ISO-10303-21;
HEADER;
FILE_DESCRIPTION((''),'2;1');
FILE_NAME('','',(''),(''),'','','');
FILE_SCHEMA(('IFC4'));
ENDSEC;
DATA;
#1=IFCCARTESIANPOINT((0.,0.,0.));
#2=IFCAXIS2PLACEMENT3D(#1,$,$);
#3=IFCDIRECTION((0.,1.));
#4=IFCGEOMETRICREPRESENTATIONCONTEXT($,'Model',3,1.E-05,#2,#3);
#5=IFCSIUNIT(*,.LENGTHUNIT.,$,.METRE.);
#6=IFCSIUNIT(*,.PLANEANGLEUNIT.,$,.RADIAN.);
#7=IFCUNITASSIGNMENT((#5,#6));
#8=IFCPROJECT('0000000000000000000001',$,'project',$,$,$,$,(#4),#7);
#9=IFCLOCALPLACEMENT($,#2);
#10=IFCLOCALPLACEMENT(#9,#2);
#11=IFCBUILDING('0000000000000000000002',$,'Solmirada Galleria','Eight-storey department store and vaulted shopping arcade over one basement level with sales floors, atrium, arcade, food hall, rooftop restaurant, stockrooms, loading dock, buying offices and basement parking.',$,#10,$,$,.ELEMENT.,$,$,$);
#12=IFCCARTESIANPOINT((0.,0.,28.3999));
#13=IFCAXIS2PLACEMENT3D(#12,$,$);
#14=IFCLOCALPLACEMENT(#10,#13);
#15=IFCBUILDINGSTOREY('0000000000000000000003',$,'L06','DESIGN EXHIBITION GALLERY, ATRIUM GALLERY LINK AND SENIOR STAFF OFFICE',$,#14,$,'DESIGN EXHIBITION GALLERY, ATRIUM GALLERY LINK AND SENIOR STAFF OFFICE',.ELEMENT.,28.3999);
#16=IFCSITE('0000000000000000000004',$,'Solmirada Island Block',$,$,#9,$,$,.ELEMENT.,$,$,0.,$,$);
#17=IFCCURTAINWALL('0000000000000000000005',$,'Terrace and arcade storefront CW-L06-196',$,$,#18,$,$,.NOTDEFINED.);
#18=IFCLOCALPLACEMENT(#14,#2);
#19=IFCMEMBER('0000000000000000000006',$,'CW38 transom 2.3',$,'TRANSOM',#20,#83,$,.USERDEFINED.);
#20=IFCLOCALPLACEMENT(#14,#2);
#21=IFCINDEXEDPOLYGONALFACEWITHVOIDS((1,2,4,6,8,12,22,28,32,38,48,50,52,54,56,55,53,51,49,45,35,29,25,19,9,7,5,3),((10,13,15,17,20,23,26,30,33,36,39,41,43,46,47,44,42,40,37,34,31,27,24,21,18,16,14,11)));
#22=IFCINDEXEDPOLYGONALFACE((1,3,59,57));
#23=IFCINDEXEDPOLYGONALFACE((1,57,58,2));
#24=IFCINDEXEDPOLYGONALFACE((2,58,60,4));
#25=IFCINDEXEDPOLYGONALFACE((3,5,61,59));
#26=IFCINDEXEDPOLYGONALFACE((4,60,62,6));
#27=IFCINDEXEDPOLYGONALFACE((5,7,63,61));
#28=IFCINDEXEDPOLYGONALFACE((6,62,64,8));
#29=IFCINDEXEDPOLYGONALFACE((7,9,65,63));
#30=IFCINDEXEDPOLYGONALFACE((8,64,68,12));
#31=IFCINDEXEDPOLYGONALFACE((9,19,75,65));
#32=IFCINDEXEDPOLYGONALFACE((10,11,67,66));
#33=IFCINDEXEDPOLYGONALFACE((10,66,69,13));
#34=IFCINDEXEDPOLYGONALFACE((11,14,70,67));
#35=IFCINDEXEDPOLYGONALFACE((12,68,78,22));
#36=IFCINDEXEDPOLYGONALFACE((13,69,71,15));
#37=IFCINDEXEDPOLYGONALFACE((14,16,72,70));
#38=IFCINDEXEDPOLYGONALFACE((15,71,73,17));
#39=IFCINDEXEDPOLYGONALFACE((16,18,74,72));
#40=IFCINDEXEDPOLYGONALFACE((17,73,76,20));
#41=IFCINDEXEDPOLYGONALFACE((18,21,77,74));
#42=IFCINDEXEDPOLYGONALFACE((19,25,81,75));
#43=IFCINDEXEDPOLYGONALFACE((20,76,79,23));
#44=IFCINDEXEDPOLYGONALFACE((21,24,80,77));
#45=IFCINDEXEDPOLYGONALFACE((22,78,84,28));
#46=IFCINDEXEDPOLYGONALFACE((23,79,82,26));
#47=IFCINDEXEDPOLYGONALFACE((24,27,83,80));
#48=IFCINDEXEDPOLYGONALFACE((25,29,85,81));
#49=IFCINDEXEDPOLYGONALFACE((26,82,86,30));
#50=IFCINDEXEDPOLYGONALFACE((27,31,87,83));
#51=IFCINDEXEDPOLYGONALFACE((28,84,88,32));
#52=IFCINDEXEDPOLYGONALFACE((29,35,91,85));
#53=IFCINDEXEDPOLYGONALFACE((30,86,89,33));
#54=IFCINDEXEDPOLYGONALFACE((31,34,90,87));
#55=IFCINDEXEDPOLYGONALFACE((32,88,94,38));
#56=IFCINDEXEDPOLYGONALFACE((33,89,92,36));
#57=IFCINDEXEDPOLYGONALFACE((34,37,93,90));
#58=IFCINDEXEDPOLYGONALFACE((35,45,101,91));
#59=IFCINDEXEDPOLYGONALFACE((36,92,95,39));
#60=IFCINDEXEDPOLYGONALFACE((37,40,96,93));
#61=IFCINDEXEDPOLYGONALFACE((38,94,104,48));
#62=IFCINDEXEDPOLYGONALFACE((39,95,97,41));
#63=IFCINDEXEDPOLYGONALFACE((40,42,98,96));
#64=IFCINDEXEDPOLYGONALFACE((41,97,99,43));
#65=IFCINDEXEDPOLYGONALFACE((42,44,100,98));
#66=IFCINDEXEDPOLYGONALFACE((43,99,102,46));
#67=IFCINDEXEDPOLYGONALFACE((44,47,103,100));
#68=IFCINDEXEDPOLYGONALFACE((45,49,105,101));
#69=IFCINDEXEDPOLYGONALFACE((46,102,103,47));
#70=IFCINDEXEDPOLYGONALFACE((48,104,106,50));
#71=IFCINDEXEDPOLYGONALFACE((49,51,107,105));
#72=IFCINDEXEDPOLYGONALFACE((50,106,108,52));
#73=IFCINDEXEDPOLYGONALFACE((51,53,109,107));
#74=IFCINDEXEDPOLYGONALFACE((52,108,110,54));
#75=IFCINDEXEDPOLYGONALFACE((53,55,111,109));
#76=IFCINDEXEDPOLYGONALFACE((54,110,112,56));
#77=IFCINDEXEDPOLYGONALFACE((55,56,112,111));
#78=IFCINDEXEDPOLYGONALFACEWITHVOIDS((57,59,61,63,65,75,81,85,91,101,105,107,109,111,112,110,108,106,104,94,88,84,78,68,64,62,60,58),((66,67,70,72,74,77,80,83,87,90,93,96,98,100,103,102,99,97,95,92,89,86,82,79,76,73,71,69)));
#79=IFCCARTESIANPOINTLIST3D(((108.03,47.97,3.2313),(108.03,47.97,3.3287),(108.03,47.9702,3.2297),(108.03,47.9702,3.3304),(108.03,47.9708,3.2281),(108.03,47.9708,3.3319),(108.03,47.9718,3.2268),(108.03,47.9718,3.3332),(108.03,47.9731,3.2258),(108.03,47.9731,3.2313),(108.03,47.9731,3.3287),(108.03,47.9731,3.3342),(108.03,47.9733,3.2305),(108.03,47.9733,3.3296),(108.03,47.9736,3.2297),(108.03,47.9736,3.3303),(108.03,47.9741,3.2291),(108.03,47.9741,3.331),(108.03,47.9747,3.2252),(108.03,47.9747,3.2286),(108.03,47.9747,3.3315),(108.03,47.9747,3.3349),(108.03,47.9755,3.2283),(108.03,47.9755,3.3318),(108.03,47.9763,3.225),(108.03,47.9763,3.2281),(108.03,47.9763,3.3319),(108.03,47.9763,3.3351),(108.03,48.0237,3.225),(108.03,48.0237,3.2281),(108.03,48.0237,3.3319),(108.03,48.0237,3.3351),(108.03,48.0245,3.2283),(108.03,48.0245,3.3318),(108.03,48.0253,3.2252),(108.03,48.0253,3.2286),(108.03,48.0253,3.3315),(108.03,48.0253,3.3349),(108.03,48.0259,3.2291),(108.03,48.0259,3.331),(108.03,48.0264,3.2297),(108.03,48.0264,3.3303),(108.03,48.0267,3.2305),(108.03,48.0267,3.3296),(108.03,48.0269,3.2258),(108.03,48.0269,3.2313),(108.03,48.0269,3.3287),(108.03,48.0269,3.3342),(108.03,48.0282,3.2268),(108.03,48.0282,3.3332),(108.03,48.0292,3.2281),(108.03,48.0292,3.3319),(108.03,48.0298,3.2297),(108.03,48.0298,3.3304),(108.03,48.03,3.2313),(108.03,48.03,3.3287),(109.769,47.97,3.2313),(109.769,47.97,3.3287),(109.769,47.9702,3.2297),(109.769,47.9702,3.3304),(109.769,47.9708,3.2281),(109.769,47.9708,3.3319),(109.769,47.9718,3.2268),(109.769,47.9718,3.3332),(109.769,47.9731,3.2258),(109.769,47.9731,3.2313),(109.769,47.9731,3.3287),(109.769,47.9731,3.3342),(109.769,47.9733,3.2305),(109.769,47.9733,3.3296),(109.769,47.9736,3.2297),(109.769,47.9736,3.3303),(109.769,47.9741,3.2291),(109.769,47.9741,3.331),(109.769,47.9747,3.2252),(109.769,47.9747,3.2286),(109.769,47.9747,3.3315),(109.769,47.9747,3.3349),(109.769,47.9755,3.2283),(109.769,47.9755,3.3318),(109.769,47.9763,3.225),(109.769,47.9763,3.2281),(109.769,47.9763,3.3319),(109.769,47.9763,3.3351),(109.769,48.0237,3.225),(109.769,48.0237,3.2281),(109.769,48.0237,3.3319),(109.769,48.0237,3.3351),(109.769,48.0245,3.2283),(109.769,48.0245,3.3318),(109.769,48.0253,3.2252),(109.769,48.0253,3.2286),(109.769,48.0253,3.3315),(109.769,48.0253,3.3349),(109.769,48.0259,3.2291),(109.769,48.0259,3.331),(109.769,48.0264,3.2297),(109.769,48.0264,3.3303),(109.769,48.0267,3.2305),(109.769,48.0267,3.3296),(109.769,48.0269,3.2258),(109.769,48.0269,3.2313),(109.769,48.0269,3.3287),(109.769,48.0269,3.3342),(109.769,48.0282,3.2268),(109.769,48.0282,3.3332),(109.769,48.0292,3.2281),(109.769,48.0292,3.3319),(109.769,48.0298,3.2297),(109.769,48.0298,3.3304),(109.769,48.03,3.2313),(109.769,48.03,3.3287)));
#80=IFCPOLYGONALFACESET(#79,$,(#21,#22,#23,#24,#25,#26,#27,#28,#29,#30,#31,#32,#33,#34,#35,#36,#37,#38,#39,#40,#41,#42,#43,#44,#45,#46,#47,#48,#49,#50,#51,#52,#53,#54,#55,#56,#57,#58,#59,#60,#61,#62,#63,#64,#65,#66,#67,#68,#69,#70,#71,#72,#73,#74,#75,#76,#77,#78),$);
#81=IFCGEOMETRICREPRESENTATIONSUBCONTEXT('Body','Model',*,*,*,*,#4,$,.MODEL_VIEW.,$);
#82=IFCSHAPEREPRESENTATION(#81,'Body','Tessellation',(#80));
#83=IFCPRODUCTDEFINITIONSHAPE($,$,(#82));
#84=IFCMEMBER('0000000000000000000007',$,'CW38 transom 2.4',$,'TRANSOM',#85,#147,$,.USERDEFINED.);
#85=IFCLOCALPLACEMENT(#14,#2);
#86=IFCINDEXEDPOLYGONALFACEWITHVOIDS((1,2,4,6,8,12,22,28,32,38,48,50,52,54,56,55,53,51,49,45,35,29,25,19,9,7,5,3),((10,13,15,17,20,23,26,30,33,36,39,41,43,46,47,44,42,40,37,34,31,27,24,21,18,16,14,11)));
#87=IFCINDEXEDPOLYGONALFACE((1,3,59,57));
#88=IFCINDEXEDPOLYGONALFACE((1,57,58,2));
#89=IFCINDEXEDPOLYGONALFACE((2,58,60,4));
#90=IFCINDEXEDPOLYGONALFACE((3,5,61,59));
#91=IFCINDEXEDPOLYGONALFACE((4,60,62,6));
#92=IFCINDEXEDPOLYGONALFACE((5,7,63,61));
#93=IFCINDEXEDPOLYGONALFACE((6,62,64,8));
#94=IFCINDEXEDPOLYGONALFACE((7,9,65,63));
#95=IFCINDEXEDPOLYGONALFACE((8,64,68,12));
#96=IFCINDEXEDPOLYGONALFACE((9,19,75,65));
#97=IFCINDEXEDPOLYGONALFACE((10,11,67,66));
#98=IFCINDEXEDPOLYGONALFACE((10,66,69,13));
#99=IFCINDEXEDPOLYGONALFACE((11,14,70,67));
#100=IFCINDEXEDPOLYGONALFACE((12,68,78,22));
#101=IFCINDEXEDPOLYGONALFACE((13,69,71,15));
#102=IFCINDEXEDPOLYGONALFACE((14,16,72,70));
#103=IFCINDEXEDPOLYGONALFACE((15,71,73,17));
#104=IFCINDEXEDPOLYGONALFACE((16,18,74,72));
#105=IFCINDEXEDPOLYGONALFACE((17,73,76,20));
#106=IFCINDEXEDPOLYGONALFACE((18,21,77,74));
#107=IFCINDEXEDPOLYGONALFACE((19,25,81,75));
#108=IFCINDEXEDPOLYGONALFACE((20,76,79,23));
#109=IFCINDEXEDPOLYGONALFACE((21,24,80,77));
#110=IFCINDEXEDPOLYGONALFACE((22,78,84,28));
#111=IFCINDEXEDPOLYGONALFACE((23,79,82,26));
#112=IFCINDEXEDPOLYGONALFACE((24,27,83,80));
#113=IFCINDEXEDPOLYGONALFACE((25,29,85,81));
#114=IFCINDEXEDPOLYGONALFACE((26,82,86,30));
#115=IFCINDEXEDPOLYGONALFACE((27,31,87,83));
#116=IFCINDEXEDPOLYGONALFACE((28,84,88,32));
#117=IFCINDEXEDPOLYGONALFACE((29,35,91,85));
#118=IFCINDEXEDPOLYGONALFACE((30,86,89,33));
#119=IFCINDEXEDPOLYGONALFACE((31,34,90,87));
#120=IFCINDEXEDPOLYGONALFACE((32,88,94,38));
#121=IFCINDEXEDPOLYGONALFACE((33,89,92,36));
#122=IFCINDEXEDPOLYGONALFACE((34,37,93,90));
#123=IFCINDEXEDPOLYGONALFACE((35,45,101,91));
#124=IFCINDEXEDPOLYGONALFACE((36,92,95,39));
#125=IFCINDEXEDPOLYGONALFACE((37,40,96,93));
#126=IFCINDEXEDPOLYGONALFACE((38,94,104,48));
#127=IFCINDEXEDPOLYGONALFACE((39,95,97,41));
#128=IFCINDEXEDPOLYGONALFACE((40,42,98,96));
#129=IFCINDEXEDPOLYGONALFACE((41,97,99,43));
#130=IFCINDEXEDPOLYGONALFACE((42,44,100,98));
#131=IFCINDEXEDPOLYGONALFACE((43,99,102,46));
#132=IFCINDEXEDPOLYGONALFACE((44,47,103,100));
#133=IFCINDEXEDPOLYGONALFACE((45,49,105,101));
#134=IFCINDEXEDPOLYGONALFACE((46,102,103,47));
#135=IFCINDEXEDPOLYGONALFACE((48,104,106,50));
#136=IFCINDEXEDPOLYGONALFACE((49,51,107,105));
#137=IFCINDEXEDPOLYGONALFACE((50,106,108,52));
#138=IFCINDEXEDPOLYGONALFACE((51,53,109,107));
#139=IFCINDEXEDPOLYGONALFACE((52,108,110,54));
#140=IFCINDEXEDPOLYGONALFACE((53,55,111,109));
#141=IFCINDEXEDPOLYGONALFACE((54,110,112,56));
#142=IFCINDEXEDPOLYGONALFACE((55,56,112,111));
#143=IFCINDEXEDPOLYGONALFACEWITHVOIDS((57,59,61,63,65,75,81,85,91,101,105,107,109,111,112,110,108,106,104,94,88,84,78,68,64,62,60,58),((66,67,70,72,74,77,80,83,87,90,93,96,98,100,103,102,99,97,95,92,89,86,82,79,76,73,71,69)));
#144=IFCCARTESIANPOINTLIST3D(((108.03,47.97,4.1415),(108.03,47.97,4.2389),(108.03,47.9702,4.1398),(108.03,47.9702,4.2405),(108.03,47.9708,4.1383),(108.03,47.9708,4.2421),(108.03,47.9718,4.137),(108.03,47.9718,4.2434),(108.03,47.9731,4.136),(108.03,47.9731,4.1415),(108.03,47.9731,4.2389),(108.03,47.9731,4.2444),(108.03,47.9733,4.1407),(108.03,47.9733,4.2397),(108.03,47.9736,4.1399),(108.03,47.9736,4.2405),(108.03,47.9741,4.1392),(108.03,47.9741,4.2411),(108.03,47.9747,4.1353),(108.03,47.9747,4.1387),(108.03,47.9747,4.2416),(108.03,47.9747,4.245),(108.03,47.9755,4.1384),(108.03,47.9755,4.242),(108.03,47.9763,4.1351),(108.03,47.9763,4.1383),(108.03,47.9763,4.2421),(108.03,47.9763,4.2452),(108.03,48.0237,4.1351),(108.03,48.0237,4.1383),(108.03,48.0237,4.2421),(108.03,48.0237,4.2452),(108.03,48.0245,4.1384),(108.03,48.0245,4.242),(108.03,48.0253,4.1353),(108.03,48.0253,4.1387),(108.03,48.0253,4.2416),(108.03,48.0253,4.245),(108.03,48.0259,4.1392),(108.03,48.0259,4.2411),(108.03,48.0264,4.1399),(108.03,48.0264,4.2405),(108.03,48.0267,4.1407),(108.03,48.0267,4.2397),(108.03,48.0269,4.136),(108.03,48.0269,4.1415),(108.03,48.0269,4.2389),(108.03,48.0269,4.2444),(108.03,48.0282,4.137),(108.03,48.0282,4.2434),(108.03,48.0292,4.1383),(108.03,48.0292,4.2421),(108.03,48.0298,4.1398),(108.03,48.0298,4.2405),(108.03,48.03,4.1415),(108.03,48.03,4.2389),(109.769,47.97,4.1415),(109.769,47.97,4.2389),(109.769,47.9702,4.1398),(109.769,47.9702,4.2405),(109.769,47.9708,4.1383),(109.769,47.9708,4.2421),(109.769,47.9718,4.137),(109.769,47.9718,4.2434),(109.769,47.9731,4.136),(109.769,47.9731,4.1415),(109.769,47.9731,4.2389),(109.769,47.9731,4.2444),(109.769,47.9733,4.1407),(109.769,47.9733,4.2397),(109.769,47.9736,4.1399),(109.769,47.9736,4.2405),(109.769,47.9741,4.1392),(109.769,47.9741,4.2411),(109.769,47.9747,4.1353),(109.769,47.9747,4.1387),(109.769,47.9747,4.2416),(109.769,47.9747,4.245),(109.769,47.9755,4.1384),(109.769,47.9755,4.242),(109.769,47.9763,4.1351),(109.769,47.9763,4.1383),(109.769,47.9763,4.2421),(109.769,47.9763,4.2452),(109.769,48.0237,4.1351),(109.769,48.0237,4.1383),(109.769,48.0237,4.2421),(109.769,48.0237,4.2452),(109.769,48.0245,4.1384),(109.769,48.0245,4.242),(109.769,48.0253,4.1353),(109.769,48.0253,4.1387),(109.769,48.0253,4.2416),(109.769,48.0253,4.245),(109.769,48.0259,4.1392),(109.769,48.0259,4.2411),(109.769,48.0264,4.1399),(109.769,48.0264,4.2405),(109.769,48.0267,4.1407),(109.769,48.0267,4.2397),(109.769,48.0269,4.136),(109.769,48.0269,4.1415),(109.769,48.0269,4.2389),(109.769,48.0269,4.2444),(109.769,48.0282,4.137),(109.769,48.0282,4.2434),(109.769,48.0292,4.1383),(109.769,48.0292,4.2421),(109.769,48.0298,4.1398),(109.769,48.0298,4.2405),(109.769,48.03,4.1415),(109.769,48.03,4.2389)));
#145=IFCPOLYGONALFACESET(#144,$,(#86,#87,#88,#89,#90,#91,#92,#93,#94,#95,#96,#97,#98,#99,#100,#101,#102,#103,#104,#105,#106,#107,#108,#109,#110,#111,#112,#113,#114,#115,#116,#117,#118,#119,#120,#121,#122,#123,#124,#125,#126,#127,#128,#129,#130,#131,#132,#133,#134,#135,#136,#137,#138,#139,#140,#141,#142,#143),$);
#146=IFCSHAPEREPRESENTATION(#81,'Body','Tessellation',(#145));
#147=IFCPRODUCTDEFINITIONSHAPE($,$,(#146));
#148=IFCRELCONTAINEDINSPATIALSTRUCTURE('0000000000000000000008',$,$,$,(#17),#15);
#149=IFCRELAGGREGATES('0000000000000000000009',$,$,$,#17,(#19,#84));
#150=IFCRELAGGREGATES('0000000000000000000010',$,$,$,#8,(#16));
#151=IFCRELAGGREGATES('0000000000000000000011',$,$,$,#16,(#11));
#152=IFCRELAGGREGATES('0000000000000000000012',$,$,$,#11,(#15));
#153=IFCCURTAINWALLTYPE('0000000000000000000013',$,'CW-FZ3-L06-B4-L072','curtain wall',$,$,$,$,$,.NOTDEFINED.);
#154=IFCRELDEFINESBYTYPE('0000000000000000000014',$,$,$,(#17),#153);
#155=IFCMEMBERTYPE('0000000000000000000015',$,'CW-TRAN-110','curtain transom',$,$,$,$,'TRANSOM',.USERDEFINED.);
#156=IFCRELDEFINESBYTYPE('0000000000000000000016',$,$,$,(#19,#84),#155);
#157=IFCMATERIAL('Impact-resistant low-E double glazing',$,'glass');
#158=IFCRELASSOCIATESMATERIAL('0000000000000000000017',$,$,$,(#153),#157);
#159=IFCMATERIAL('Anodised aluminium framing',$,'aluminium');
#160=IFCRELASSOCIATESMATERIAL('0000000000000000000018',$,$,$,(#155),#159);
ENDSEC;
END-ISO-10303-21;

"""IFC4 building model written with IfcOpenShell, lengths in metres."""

from ifc_helpers import new_model, si_unit, direction, frame, origin, origin_2d, place, context, subcontext, project, spatial, hollow_rectangle, extrude, material, material_profile, profile_set, type_object, element, aggregate, save


model = new_model("IFC4")

# Units and contexts
model_context = context("Model", 3, precision=1e-05, world=origin(), true_north=direction((0.0, 1.0)))
body_context = subcontext(model_context, "Body", "Model", "MODEL_VIEW")
ifc_project = project(units=[si_unit("LENGTHUNIT", "METRE"), si_unit("PLANEANGLEUNIT", "RADIAN")], contexts=[model_context])

# Site, building, storey
site_placement = place(None, origin())
site = spatial("IfcSite", under=ifc_project, at=site_placement, Name="Solmirada Island Block", CompositionType="ELEMENT", RefElevation=0.0)
building_placement = place(site_placement, origin())
building = spatial("IfcBuilding", under=site, at=building_placement, Name="Solmirada Galleria", Description="Eight-storey department store and vaulted shopping arcade over one basement level with sales floors, atrium, arcade, food hall, rooftop restaurant, stockrooms, loading dock, buying offices and basement parking.", CompositionType="ELEMENT")
storey_placement = place(building_placement, frame((0.0, 0.0, 28.3999)))
storey = spatial("IfcBuildingStorey", under=building, at=storey_placement, Name="L06", Description="DESIGN EXHIBITION GALLERY, ATRIUM GALLERY LINK AND SENIOR STAFF OFFICE", LongName="DESIGN EXHIBITION GALLERY, ATRIUM GALLERY LINK AND SENIOR STAFF OFFICE", CompositionType="ELEMENT", Elevation=28.3999)

# Curtain wall
ifc_material_1 = material(Name="Impact-resistant low-E double glazing", Category="glass")
curtain_wall_type_1 = type_object("IfcCurtainWallType", Name="CW-FZ3-L06-B4-L072", Description="curtain wall", PredefinedType="NOTDEFINED", material=ifc_material_1)
curtain_wall_1_placement = place(storey_placement, origin())
curtain_wall_1 = element("IfcCurtainWall", 1, at=curtain_wall_1_placement, inside=storey, type_object=curtain_wall_type_1, Name="Terrace and arcade storefront CW-L06-196", PredefinedType="NOTDEFINED")
ifc_material_2 = material(Name="Anodised aluminium framing", Category="aluminium")

# Members
ifc_material_profile_1 = material_profile(ifc_material_2, hollow_rectangle(XDim=0.0601, YDim=0.1101, WallThickness=0.0032, InnerFilletRadius=0.0032, OuterFilletRadius=0.0063, at=origin_2d()), Name="ALU-TRAN-110X60")
ifc_profile_set_1 = profile_set([ifc_material_profile_1], Name="Anodised aluminium framing")
member_type_1 = type_object("IfcMemberType", Name="CW-TRAN-110", Description="curtain transom", ElementType="TRANSOM", PredefinedType="USERDEFINED", material=ifc_profile_set_1)
member_1_placement = place(storey_placement, frame((109.769, 48.0, 3.28), z_axis=(-1.0, 0.0, 0.0), x_axis=(0.0, -1.0, 0.0)))
member_1 = element("IfcMember", 2, at=member_1_placement, type_object=member_type_1, Name="CW38 transom 2.3", ObjectType="TRANSOM", PredefinedType="USERDEFINED", context=body_context, shape_type="SweptSolid", body=[
    extrude(hollow_rectangle(XDim=0.0601, YDim=0.1101, WallThickness=0.0032, InnerFilletRadius=0.0032, OuterFilletRadius=0.0063, at=origin_2d()), origin(), (0.0, 0.0, 1.0), 1.739),
])
member_2_placement = place(storey_placement, frame((109.769, 48.0, 4.1902), z_axis=(-1.0, 0.0, 0.0), x_axis=(0.0, -1.0, 0.0)))
member_2 = element("IfcMember", 3, at=member_2_placement, type_object=member_type_1, Name="CW38 transom 2.4", ObjectType="TRANSOM", PredefinedType="USERDEFINED", context=body_context, shape_type="SweptSolid", body=[
    extrude(hollow_rectangle(XDim=0.0601, YDim=0.1101, WallThickness=0.0032, InnerFilletRadius=0.0032, OuterFilletRadius=0.0063, at=origin_2d()), origin(), (0.0, 0.0, 1.0), 1.739),
])

aggregate(curtain_wall_1, [member_1, member_2])

save(model, "model.ifc")
